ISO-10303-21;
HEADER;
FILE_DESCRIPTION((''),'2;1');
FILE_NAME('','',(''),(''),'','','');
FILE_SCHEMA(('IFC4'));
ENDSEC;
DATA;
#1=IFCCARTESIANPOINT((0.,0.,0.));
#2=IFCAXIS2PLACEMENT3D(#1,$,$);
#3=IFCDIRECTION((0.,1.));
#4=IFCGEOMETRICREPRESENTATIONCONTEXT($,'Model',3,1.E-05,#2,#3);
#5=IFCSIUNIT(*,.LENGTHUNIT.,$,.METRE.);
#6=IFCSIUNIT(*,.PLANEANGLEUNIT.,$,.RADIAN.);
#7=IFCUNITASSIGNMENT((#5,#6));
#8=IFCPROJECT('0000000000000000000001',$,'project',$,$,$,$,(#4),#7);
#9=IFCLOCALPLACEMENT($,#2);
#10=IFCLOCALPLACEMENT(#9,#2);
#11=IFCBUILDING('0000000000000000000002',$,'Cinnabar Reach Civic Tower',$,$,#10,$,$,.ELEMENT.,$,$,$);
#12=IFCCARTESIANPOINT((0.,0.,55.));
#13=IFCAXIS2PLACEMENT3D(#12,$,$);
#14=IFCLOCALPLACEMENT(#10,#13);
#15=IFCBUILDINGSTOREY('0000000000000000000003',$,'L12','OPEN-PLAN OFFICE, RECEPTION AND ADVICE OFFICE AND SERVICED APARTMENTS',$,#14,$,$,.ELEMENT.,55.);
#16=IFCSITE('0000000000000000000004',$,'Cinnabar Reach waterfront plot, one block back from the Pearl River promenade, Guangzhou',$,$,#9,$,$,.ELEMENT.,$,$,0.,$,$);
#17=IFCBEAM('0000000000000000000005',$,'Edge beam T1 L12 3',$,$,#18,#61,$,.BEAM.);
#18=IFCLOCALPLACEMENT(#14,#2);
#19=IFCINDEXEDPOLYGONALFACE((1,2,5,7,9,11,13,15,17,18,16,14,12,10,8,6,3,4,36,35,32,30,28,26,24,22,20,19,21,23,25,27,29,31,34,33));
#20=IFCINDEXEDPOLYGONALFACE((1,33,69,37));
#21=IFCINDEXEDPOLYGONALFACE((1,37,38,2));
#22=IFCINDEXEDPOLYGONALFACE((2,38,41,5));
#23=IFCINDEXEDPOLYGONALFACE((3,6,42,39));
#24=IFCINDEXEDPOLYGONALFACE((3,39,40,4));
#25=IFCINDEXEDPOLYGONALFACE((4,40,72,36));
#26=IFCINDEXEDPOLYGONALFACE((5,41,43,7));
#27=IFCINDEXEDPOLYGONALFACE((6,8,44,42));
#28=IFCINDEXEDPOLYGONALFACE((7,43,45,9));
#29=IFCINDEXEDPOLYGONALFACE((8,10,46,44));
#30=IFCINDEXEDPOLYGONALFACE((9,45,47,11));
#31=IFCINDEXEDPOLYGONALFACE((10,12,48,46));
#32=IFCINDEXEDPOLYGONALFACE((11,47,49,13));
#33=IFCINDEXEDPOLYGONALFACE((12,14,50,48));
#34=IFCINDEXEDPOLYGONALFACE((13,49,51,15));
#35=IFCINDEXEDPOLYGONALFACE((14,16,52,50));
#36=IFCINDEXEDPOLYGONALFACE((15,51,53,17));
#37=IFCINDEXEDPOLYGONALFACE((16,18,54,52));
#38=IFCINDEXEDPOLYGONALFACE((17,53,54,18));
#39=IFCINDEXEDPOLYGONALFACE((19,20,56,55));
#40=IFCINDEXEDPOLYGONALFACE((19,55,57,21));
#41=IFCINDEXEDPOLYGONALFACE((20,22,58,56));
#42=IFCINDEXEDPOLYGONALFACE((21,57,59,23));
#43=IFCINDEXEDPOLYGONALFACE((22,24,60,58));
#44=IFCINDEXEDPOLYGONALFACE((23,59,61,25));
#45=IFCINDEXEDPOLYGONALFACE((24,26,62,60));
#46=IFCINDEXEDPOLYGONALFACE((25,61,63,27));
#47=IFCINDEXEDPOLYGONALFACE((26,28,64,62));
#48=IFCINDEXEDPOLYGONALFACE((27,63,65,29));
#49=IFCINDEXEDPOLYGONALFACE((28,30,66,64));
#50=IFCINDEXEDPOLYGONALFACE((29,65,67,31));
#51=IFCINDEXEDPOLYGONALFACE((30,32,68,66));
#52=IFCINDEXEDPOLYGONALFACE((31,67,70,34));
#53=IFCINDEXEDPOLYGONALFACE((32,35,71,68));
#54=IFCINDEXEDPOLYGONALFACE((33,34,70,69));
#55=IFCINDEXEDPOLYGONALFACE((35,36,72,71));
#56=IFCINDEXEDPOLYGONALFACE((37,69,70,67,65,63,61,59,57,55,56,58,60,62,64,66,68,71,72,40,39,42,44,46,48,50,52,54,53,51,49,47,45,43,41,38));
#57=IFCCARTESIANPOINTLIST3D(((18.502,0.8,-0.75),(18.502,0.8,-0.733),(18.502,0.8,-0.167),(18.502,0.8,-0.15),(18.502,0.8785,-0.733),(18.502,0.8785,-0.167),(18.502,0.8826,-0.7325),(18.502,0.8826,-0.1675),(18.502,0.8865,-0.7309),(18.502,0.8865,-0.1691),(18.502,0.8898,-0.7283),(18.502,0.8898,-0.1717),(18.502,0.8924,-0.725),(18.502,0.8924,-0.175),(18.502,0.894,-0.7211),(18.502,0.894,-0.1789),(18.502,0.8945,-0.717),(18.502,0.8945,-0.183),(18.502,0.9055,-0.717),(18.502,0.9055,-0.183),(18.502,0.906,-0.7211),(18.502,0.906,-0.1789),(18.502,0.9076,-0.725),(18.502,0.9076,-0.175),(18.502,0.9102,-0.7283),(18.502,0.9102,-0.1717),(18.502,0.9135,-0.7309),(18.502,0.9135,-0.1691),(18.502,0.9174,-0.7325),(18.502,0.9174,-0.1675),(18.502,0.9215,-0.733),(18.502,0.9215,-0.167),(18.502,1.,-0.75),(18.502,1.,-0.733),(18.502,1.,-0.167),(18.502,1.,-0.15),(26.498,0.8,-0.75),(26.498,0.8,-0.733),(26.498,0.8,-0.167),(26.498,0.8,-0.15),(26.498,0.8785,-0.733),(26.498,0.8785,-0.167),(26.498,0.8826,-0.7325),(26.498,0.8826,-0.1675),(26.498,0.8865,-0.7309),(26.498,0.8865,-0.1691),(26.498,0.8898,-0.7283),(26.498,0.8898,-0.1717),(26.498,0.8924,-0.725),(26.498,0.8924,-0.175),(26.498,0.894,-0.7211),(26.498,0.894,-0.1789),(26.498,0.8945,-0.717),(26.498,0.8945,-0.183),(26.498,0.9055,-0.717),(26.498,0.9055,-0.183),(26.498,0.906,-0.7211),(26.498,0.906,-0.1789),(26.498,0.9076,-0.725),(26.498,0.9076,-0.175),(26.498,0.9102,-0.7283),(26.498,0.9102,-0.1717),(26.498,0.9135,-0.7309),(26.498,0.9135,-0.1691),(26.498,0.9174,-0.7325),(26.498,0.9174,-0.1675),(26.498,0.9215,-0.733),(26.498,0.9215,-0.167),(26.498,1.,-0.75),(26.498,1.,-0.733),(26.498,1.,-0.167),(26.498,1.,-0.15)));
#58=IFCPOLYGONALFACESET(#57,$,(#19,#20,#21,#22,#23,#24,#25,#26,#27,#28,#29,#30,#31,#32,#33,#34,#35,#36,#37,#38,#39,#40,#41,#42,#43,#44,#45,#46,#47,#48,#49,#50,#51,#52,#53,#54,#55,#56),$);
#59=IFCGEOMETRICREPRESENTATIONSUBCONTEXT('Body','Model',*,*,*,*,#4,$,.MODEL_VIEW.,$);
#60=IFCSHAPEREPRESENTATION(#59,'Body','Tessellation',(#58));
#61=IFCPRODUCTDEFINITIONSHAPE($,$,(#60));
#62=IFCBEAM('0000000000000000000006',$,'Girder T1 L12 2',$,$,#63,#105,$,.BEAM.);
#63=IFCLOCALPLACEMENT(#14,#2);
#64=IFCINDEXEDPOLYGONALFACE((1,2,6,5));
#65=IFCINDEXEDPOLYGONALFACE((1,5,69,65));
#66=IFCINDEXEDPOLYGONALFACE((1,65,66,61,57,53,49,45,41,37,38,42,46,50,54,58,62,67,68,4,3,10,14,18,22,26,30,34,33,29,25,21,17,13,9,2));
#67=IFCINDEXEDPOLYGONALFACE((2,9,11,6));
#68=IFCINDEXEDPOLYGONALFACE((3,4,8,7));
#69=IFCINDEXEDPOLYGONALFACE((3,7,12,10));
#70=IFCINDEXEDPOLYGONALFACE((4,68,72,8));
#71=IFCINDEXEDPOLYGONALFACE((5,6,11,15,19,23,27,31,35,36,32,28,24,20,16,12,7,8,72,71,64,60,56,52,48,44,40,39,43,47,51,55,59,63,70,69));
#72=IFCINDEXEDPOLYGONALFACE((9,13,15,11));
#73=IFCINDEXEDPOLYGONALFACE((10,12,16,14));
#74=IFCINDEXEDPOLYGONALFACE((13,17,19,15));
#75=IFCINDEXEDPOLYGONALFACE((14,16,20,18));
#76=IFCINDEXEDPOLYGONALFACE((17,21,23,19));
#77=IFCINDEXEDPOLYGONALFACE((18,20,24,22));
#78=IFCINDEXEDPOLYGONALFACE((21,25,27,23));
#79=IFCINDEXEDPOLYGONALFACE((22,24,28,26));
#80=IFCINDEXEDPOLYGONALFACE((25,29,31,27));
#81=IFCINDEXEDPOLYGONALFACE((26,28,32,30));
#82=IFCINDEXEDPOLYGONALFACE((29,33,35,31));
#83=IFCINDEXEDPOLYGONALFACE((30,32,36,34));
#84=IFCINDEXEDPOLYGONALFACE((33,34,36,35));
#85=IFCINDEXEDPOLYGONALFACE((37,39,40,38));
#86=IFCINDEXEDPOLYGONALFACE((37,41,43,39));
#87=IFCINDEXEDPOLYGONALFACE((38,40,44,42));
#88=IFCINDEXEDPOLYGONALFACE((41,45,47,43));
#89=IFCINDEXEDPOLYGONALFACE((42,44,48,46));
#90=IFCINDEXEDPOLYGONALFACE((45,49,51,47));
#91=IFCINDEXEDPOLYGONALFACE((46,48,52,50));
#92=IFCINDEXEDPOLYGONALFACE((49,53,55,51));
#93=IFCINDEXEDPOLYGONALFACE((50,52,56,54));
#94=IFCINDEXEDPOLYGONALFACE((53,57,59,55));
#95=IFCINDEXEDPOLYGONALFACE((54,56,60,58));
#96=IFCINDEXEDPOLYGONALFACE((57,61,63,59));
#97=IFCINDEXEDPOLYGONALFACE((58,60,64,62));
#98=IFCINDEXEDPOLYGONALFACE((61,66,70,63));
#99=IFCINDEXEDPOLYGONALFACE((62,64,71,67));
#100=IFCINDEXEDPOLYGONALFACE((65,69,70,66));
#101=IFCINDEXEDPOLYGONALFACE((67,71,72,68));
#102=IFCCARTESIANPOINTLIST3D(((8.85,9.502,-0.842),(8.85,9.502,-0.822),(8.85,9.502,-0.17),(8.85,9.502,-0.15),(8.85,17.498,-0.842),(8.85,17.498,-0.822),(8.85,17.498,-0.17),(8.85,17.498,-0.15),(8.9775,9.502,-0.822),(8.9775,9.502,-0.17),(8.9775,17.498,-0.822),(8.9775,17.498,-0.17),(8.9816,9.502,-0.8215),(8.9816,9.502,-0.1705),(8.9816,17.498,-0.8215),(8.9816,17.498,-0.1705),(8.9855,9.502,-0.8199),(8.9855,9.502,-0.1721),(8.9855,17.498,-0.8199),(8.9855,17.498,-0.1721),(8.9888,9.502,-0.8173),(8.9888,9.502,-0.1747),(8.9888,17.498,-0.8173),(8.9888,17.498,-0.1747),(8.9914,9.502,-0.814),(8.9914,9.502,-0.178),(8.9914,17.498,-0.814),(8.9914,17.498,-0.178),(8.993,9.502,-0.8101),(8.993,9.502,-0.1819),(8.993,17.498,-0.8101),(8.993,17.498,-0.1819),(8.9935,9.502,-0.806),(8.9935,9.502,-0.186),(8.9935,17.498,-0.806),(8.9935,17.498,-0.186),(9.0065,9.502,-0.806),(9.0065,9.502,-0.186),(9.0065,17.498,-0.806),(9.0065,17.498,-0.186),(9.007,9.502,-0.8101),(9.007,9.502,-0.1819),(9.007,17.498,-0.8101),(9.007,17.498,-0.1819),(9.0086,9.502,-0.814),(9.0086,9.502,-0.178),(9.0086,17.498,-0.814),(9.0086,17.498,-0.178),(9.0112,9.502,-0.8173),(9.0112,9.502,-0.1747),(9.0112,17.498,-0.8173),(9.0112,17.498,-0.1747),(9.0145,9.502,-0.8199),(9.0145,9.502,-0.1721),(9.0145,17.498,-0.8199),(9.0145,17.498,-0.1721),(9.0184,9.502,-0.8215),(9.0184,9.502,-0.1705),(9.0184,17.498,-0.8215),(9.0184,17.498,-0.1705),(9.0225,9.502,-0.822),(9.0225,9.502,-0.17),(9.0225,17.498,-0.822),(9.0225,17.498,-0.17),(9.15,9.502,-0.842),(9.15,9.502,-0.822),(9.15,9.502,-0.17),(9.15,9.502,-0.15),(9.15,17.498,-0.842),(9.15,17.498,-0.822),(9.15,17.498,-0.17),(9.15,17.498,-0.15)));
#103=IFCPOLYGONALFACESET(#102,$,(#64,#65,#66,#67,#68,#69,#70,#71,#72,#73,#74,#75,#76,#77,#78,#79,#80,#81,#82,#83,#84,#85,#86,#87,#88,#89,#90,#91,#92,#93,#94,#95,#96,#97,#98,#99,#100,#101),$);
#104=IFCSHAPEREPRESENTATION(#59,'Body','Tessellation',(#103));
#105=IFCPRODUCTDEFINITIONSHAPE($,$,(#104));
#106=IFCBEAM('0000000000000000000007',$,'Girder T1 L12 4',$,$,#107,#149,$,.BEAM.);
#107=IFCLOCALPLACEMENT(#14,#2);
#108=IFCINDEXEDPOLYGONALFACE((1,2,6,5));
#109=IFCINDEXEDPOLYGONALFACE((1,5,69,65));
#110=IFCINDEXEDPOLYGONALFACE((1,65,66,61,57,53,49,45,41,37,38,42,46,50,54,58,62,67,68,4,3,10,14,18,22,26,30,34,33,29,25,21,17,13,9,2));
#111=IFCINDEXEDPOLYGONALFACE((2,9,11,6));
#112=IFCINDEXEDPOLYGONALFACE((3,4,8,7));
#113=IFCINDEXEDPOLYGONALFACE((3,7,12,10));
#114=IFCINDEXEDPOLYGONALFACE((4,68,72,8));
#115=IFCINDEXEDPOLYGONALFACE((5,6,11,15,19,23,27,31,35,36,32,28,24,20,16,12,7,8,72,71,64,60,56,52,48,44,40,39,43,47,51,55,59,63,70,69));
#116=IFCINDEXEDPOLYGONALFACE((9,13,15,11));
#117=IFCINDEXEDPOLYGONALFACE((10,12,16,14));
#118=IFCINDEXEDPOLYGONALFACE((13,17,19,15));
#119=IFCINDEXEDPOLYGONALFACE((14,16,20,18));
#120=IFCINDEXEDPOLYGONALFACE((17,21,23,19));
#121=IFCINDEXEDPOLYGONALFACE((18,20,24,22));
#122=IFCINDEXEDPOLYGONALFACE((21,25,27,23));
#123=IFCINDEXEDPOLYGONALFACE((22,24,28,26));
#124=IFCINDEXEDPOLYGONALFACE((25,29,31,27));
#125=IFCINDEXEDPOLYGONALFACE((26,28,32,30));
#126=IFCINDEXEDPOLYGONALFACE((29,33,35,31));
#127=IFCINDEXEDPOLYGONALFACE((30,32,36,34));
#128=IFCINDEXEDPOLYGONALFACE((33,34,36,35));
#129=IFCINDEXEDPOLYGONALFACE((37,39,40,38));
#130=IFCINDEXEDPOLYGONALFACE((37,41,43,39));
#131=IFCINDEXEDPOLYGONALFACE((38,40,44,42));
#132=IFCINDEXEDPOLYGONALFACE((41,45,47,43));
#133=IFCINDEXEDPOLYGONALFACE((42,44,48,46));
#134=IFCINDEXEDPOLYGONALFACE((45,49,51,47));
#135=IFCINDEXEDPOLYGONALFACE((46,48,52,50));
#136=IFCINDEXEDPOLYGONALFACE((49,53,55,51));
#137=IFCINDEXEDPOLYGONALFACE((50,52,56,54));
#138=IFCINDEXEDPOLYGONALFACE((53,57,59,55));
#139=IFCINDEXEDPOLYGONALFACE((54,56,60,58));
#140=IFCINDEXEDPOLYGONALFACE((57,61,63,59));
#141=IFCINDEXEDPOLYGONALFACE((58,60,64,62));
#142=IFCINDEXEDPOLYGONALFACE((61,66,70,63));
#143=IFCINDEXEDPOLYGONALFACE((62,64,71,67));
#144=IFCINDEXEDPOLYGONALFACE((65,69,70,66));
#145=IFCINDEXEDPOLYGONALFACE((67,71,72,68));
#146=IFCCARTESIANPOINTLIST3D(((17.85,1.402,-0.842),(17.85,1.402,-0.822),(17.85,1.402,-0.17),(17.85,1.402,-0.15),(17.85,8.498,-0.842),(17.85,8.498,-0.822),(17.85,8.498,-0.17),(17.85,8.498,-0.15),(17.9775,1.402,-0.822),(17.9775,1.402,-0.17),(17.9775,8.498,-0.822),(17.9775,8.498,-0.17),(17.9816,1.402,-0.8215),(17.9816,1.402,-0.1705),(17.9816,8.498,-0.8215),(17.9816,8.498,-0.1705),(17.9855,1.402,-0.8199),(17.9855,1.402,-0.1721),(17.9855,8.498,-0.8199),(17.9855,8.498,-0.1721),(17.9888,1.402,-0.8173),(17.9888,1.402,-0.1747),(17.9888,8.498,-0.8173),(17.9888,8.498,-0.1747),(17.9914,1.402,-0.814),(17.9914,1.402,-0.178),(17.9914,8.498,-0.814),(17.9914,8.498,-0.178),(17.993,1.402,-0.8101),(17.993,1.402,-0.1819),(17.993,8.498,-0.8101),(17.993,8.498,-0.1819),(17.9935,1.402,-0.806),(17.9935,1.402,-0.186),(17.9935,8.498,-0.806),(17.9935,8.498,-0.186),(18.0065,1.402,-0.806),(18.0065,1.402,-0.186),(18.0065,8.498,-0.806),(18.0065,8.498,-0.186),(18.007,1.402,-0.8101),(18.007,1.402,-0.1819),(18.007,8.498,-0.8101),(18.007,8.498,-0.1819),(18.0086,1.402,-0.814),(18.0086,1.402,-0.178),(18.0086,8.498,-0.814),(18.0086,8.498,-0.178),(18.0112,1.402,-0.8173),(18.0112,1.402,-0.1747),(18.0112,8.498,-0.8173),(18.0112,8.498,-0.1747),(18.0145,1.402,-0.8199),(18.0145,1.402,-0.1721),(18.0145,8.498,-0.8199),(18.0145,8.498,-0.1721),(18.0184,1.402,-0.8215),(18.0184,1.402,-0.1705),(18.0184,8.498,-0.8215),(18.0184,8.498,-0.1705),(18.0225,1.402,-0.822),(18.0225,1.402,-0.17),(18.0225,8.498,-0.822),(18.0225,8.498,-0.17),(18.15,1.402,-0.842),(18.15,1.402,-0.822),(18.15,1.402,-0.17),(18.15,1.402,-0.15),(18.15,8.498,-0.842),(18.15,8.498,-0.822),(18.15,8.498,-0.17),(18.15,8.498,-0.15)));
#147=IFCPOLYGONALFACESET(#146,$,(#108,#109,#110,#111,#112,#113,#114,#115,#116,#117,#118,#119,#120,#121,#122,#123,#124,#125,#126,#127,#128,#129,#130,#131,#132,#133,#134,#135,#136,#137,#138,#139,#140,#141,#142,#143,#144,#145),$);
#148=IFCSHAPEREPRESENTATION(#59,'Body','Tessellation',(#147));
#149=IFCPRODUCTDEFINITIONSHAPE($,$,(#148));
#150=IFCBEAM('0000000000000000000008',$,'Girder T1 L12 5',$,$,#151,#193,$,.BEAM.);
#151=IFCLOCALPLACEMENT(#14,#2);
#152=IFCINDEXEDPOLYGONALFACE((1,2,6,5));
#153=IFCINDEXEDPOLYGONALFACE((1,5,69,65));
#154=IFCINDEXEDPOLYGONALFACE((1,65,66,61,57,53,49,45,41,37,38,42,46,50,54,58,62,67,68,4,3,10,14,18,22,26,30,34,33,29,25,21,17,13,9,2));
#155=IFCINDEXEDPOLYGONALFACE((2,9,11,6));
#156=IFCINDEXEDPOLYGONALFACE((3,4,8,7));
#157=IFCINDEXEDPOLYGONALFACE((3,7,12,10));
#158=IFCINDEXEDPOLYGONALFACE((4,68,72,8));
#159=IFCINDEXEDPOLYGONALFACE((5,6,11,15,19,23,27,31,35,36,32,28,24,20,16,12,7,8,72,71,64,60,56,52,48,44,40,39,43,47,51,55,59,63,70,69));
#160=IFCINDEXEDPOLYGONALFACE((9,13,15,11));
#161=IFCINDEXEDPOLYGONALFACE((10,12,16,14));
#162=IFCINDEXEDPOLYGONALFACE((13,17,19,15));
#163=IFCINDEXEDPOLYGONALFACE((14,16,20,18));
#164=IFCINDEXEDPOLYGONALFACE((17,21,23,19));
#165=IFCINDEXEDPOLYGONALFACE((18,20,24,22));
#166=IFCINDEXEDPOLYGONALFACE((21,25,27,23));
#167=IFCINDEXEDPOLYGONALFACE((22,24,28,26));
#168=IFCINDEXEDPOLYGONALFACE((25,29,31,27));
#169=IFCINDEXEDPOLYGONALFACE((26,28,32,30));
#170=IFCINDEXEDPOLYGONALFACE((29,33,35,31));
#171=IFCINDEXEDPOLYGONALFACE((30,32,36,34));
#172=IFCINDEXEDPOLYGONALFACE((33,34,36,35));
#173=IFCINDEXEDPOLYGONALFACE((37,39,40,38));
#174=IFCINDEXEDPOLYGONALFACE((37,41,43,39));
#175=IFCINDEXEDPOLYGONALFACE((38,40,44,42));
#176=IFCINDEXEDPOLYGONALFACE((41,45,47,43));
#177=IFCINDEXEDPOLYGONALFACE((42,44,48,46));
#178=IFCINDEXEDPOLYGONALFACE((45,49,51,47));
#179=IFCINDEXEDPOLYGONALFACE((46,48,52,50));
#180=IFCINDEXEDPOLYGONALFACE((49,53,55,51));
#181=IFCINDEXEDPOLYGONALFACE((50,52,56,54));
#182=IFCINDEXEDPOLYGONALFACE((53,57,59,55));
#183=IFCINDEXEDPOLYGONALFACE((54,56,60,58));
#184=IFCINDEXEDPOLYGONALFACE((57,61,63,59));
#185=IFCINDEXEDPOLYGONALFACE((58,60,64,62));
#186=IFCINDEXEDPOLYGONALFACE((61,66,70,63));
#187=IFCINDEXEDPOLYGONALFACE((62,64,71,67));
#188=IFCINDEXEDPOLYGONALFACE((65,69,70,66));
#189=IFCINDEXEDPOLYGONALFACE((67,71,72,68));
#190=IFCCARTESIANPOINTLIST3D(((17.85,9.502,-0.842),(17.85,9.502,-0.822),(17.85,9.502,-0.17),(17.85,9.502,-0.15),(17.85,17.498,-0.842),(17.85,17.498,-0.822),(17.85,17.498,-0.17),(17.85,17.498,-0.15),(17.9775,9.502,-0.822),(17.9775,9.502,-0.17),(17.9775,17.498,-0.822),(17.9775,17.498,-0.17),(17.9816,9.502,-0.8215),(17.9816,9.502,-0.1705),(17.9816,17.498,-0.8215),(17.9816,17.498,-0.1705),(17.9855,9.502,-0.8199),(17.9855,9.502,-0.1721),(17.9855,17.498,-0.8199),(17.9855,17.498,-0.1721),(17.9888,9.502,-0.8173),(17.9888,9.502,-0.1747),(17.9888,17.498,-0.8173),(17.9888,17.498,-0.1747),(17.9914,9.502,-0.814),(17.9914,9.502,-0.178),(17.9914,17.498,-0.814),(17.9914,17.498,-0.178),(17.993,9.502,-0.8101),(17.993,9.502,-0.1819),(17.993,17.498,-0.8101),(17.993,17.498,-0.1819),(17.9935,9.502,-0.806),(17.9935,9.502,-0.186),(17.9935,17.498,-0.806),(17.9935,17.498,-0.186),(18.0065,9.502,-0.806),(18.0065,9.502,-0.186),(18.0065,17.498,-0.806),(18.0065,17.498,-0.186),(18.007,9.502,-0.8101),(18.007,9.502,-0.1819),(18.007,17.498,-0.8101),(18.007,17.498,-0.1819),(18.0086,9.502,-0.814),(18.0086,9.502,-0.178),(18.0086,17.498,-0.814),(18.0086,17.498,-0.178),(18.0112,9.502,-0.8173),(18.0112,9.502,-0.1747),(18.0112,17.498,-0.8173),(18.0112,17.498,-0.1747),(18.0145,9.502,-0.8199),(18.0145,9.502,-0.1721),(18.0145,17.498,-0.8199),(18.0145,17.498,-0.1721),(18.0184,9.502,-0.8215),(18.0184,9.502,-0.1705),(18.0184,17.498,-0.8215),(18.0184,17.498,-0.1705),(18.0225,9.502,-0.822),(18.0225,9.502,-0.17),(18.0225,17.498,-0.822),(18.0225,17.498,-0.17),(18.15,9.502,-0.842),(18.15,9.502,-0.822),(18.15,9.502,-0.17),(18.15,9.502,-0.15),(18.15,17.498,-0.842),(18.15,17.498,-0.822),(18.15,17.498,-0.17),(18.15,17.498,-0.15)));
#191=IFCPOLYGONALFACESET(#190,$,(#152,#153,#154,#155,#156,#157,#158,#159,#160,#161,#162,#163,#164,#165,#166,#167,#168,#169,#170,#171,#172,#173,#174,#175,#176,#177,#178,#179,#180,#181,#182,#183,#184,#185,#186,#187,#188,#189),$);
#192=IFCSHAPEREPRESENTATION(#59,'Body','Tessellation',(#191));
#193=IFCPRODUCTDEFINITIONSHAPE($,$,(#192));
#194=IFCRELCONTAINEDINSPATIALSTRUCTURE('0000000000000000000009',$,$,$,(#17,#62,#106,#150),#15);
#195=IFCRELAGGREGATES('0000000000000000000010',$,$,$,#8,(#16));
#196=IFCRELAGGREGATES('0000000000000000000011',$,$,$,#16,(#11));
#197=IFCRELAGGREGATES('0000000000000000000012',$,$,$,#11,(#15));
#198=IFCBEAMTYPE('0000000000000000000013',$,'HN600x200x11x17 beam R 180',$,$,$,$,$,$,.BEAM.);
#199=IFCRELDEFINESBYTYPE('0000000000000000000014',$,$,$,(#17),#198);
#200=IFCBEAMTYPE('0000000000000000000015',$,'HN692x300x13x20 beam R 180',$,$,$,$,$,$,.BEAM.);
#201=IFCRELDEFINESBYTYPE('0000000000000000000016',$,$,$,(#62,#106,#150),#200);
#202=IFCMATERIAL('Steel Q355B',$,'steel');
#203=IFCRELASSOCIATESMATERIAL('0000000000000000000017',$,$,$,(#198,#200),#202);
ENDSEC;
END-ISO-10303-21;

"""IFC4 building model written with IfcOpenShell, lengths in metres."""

from ifc_helpers import new_model, si_unit, direction, frame, origin, origin_2d, place, context, subcontext, project, spatial, i_section, extrude, material, material_profile, profile_set, type_object, element, save


model = new_model("IFC4")

# Units and contexts
model_context = context("Model", 3, precision=1e-05, world=origin(), true_north=direction((0.0, 1.0)))
body_context = subcontext(model_context, "Body", "Model", "MODEL_VIEW")
ifc_project = project(units=[si_unit("LENGTHUNIT", "METRE"), si_unit("PLANEANGLEUNIT", "RADIAN")], contexts=[model_context])

# Site, building, storey
site_placement = place(None, origin())
site = spatial("IfcSite", under=ifc_project, at=site_placement, Name="Cinnabar Reach waterfront plot, one block back from the Pearl River promenade, Guangzhou", CompositionType="ELEMENT", RefElevation=0.0)
building_placement = place(site_placement, origin())
building = spatial("IfcBuilding", under=site, at=building_placement, Name="Cinnabar Reach Civic Tower", CompositionType="ELEMENT")
storey_placement = place(building_placement, frame((0.0, 0.0, 55.0)))
storey = spatial("IfcBuildingStorey", under=building, at=storey_placement, Name="L12", Description="OPEN-PLAN OFFICE, RECEPTION AND ADVICE OFFICE AND SERVICED APARTMENTS", CompositionType="ELEMENT", Elevation=55.0)

# Beams
ifc_material_1 = material(Name="Steel Q355B", Category="steel")
ifc_material_profile_1 = material_profile(ifc_material_1, i_section(OverallWidth=0.2, OverallDepth=0.6, WebThickness=0.011, FlangeThickness=0.017, FilletRadius=0.016, at=origin_2d()), Name="HN600x200x11x17")
ifc_profile_set_1 = profile_set([ifc_material_profile_1], Name="Steel Q355B")
beam_type_1 = type_object("IfcBeamType", Name="HN600x200x11x17 beam R 180", PredefinedType="BEAM", material=ifc_profile_set_1)
for number, where, z_axis, x_axis, name in (
    (1, (18.502, 0.9, -0.45), (1.0, 0.0, 0.0), (0.0, 1.0, 0.0), "Edge beam T1 L12 3"),
):
    element("IfcBeam", number, at=place(storey_placement, frame(where, z_axis=z_axis, x_axis=x_axis)), inside=storey, type_object=beam_type_1, Name=name, PredefinedType="BEAM", context=body_context, shape_type="SweptSolid", body=[
        extrude(i_section(OverallWidth=0.2, OverallDepth=0.6, WebThickness=0.011, FlangeThickness=0.017, FilletRadius=0.016, at=origin_2d()), origin(), (0.0, 0.0, 1.0), 7.996),
    ])
ifc_material_profile_2 = material_profile(ifc_material_1, i_section(OverallWidth=0.3, OverallDepth=0.692, WebThickness=0.013, FlangeThickness=0.02, FilletRadius=0.016, at=origin_2d()), Name="HN692x300x13x20")
ifc_profile_set_2 = profile_set([ifc_material_profile_2], Name="Steel Q355B")
beam_type_2 = type_object("IfcBeamType", Name="HN692x300x13x20 beam R 180", PredefinedType="BEAM", material=ifc_profile_set_2)
beam_1_placement = place(storey_placement, frame((9.0, 9.502, -0.496), z_axis=(0.0, 1.0, 0.0), x_axis=(-1.0, 0.0, 0.0)))
element("IfcBeam", 2, at=beam_1_placement, inside=storey, type_object=beam_type_2, Name="Girder T1 L12 2", PredefinedType="BEAM", context=body_context, shape_type="SweptSolid", body=[
    extrude(i_section(OverallWidth=0.3, OverallDepth=0.692, WebThickness=0.013, FlangeThickness=0.02, FilletRadius=0.016, at=origin_2d()), origin(), (0.0, 0.0, 1.0), 7.996),
])
beam_2_placement = place(storey_placement, frame((18.0, 1.402, -0.496), z_axis=(0.0, 1.0, 0.0), x_axis=(-1.0, 0.0, 0.0)))
element("IfcBeam", 3, at=beam_2_placement, inside=storey, type_object=beam_type_2, Name="Girder T1 L12 4", PredefinedType="BEAM", context=body_context, shape_type="SweptSolid", body=[
    extrude(i_section(OverallWidth=0.3, OverallDepth=0.692, WebThickness=0.013, FlangeThickness=0.02, FilletRadius=0.016, at=origin_2d()), origin(), (0.0, 0.0, 1.0), 7.096),
])
beam_3_placement = place(storey_placement, frame((18.0, 9.502, -0.496), z_axis=(0.0, 1.0, 0.0), x_axis=(-1.0, 0.0, 0.0)))
element("IfcBeam", 4, at=beam_3_placement, inside=storey, type_object=beam_type_2, Name="Girder T1 L12 5", PredefinedType="BEAM", context=body_context, shape_type="SweptSolid", body=[
    extrude(i_section(OverallWidth=0.3, OverallDepth=0.692, WebThickness=0.013, FlangeThickness=0.02, FilletRadius=0.016, at=origin_2d()), origin(), (0.0, 0.0, 1.0), 7.996),
])

save(model, "model.ifc")
